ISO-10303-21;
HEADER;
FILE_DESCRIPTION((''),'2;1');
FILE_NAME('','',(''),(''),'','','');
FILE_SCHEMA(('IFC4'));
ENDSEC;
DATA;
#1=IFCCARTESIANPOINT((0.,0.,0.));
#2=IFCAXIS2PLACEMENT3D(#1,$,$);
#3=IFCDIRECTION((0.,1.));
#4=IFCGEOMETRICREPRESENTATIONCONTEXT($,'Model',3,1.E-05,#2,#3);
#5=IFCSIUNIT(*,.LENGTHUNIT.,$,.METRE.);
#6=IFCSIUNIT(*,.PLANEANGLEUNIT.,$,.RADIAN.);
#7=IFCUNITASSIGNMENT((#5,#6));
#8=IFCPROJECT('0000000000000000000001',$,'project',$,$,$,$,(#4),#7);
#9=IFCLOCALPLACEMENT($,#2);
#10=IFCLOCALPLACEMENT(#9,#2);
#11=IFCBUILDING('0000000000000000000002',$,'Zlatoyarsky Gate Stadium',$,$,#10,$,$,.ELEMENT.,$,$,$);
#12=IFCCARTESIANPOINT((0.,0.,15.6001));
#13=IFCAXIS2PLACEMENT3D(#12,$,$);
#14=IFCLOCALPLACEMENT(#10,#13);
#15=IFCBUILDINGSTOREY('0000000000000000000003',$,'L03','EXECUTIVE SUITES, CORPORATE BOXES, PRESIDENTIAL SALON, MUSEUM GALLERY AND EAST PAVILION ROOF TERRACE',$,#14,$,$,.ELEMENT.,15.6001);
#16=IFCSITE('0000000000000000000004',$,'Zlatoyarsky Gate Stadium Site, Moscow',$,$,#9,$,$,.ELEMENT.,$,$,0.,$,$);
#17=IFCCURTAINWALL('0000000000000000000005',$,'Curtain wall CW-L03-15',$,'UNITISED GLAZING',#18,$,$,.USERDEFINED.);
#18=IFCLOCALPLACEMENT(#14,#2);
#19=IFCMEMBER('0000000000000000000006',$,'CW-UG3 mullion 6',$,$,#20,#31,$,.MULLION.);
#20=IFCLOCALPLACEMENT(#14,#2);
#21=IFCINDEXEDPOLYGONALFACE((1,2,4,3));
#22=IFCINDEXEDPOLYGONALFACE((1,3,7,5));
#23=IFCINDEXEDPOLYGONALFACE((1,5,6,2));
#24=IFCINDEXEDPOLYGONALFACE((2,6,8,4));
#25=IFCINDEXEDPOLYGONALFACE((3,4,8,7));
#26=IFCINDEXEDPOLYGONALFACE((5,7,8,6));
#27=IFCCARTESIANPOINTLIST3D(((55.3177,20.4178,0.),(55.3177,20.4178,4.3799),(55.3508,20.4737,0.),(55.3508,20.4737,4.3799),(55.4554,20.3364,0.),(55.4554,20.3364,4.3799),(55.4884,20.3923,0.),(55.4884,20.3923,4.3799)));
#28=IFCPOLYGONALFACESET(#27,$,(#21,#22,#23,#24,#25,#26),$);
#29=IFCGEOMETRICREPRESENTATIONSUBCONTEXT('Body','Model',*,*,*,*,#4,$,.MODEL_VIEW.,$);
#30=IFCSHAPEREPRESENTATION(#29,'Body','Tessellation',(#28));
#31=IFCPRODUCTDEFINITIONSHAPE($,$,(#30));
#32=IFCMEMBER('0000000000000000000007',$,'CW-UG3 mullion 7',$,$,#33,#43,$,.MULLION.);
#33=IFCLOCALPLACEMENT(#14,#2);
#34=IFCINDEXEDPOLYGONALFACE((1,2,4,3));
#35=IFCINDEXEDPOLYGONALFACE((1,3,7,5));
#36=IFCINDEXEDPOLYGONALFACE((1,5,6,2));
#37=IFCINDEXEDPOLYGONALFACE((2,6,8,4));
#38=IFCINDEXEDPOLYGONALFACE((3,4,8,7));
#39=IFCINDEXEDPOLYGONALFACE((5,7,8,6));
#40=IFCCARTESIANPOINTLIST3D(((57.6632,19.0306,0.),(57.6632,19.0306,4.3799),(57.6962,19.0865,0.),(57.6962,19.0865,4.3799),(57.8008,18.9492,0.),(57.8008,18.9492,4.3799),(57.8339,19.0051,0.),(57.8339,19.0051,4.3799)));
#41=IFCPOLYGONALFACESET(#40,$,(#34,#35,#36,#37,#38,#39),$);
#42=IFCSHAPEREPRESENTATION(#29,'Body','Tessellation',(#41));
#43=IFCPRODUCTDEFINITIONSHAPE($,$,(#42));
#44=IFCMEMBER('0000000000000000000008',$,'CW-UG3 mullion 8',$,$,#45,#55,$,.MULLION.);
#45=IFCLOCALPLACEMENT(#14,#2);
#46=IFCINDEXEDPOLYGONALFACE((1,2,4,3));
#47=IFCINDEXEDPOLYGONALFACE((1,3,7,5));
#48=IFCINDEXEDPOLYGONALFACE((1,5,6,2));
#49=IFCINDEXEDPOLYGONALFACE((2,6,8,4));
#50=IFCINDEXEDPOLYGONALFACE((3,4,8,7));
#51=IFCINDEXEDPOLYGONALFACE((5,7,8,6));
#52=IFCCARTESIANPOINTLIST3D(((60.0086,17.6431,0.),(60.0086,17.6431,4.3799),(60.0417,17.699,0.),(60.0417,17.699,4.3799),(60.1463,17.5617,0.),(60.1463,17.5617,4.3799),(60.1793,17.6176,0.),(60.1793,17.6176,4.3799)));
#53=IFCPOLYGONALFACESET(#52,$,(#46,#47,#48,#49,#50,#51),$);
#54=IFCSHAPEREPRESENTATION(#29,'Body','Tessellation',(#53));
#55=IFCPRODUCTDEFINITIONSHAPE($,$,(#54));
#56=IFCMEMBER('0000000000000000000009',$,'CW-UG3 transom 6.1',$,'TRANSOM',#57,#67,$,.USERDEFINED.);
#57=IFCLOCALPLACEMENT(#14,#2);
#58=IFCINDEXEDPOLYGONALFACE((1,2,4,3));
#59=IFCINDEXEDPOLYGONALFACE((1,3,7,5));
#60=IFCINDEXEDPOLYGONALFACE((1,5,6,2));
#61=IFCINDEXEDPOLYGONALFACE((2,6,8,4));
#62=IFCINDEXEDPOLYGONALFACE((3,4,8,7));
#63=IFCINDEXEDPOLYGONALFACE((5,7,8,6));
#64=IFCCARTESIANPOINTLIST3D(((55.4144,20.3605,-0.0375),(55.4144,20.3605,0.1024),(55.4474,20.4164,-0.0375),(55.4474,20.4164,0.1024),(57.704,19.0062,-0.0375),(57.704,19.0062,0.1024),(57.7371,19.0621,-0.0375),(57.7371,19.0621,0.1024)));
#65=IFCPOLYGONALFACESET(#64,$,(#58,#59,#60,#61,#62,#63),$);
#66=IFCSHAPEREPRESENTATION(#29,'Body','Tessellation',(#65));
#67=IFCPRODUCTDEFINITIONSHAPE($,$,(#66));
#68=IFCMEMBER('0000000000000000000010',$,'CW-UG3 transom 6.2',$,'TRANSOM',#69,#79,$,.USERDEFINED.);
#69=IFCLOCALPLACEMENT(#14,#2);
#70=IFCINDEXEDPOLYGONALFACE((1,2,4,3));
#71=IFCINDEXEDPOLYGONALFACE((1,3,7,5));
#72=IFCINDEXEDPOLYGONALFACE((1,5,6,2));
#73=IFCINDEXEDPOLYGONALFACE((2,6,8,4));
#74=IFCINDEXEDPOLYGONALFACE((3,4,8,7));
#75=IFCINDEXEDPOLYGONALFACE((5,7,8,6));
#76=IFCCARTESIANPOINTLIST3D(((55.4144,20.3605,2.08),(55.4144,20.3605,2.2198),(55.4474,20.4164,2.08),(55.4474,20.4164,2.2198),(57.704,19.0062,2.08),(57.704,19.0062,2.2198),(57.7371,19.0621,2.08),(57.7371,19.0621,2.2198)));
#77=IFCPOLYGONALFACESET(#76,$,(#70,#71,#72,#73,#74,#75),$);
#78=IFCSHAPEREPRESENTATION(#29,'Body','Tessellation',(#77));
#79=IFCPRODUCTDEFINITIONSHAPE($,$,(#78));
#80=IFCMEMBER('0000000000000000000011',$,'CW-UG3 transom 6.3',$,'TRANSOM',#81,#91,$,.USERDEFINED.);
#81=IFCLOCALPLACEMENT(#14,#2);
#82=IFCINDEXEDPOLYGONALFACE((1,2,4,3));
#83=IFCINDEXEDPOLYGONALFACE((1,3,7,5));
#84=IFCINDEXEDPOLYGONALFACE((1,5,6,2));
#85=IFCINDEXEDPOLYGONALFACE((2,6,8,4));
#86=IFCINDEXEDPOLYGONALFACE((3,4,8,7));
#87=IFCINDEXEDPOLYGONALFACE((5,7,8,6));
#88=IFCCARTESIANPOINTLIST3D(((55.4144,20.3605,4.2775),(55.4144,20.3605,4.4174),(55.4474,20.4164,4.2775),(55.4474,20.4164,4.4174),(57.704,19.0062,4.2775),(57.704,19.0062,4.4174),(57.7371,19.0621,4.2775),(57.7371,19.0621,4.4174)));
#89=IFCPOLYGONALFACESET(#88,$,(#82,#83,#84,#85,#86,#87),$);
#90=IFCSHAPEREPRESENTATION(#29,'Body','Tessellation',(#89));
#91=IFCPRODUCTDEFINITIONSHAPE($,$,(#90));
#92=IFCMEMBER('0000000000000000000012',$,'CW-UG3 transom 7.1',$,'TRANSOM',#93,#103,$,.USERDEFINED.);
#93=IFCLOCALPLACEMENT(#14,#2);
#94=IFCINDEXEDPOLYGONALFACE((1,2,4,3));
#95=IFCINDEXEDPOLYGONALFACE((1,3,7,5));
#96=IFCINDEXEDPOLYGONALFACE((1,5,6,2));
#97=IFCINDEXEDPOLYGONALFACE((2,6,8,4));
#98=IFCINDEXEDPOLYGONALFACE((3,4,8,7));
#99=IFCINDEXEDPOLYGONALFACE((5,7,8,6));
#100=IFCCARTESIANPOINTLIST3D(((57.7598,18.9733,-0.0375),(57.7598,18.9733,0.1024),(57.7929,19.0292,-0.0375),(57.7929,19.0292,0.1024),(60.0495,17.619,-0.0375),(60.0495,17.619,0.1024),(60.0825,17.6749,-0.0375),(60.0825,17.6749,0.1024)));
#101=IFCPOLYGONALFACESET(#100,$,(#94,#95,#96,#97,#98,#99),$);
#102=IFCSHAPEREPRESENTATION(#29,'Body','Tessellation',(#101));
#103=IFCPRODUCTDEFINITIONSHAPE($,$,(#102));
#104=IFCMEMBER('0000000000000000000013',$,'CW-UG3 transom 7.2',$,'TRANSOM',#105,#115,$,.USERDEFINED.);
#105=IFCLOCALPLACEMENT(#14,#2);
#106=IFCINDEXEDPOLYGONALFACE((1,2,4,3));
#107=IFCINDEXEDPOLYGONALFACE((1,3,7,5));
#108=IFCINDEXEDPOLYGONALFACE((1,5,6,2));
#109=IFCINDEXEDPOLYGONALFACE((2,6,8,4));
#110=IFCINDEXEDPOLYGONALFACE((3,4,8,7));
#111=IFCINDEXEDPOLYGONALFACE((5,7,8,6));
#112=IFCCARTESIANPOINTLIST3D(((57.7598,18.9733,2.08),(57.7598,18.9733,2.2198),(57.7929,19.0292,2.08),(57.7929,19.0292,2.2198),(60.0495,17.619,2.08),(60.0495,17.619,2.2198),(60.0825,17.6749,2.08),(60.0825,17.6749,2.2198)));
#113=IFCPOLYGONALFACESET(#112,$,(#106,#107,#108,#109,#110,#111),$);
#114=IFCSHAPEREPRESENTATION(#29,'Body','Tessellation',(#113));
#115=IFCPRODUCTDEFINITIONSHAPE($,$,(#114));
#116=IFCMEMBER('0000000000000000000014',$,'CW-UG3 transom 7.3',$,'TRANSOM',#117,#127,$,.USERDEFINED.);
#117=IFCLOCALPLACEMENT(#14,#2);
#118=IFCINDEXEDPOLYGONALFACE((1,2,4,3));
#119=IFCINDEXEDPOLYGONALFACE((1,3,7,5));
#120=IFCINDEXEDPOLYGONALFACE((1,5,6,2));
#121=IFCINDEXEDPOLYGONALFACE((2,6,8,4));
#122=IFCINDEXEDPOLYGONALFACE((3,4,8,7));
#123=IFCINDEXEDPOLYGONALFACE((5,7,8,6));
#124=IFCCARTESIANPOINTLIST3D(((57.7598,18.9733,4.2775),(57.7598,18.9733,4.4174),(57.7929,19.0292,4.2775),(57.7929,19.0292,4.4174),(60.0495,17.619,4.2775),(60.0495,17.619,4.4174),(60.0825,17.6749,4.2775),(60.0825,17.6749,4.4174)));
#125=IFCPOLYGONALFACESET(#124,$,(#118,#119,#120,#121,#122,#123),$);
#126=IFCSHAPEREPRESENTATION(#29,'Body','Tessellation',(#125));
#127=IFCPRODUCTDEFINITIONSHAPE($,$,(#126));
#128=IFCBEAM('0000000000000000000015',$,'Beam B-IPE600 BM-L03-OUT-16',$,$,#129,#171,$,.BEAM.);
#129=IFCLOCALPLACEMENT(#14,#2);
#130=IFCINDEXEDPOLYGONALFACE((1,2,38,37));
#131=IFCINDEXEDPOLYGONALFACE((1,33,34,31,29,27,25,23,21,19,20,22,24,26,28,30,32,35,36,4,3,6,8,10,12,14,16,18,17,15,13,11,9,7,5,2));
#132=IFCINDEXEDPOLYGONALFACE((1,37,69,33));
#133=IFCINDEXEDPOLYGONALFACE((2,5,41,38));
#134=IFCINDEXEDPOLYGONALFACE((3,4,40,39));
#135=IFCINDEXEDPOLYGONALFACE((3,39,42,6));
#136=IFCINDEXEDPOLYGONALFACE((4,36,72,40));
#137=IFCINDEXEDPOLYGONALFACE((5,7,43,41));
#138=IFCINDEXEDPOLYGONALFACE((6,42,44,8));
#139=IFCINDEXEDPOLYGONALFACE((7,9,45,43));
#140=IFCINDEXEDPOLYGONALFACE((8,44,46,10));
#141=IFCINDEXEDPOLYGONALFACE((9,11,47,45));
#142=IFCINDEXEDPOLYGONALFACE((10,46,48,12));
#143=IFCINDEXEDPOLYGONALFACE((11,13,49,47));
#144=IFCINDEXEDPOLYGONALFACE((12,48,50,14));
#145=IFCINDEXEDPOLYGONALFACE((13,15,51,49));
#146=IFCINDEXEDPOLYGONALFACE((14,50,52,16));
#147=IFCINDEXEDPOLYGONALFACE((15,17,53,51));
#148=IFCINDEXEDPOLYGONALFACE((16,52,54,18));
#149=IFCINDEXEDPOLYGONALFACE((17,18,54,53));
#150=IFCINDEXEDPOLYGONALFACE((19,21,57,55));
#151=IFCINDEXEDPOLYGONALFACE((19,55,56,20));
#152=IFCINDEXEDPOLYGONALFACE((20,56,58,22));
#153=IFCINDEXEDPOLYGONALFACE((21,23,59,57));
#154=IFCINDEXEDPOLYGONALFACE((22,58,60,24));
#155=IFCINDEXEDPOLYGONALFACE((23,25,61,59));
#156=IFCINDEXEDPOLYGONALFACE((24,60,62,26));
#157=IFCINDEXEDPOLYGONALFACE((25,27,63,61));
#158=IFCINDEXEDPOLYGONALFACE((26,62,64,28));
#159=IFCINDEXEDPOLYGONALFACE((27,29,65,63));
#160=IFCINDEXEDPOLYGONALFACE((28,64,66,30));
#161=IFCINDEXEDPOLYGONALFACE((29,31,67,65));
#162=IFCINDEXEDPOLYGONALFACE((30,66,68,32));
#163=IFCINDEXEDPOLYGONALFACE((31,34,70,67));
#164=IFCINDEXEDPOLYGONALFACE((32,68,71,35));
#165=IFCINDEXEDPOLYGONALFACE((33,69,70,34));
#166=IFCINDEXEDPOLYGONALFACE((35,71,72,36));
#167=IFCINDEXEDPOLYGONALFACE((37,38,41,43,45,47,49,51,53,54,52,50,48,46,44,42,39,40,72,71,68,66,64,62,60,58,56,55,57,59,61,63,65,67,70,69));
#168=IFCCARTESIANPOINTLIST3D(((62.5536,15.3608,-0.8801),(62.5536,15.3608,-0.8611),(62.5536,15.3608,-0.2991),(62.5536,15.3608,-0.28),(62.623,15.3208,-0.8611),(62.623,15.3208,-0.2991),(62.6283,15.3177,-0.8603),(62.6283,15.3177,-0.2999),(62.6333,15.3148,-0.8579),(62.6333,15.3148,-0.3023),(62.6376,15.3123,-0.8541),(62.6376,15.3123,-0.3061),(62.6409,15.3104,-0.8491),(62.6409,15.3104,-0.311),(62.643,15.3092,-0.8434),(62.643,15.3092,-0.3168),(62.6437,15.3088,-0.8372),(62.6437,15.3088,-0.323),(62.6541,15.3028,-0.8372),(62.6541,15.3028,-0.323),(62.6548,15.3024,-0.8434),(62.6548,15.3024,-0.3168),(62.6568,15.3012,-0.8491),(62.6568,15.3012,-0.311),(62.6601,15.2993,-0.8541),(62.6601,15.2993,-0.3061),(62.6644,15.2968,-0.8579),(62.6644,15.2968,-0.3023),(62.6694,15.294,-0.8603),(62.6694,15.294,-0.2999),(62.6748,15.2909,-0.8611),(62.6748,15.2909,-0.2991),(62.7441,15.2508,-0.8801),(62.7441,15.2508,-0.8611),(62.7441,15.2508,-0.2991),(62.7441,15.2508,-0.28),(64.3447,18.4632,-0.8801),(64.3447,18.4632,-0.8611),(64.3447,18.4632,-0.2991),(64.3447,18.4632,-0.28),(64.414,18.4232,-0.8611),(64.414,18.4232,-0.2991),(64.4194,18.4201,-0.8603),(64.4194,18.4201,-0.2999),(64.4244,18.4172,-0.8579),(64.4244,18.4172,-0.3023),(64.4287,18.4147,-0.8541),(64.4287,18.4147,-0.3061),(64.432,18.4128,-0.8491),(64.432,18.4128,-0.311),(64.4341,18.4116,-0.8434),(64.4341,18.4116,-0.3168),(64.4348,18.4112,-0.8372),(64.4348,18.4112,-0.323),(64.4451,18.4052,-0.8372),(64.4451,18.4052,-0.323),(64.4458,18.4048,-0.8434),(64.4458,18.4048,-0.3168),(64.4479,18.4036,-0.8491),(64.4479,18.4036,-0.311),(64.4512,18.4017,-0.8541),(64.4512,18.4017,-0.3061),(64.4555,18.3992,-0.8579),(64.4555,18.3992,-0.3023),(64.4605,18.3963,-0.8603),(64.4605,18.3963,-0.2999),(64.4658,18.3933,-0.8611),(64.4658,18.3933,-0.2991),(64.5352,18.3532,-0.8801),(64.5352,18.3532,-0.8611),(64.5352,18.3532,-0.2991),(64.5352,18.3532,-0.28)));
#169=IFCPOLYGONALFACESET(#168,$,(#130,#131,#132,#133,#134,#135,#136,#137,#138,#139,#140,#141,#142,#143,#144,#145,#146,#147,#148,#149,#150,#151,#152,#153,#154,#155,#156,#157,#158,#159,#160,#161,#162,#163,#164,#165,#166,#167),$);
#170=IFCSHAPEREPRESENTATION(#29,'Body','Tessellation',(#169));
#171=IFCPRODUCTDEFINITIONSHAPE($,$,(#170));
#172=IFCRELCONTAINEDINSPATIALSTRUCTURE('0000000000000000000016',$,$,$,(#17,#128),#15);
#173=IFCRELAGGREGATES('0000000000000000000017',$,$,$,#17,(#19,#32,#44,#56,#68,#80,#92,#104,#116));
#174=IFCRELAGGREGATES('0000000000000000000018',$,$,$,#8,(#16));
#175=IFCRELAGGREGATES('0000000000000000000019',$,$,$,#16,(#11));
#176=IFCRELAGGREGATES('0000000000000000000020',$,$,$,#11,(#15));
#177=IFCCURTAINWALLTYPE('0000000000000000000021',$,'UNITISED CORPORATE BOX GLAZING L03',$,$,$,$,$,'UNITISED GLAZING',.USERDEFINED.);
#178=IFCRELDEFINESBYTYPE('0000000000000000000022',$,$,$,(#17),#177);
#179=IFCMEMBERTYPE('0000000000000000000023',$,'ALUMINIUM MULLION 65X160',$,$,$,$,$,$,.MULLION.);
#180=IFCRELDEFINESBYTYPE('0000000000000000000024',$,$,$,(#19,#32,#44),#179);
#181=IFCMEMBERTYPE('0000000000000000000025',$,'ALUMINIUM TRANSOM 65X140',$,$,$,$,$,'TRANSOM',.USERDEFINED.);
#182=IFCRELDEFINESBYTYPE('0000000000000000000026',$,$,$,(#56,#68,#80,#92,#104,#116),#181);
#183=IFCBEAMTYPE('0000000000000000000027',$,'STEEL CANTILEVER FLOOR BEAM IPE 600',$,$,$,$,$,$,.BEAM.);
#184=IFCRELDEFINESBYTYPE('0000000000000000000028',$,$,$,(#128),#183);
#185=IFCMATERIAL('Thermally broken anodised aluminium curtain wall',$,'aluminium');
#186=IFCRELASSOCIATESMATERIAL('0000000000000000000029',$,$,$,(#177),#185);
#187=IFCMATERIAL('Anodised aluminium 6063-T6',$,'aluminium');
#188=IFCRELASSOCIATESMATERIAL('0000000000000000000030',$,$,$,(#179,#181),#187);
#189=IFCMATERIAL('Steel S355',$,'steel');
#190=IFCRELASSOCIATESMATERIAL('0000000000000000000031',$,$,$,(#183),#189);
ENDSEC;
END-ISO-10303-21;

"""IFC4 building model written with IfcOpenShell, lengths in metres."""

from ifc_helpers import new_model, si_unit, direction, frame, origin, origin_2d, place, context, subcontext, project, spatial, rectangle, i_section, extrude, material, material_profile, profile_set, type_object, element, aggregate, save


model = new_model("IFC4")

# Units and contexts
model_context = context("Model", 3, precision=1e-05, world=origin(), true_north=direction((0.0, 1.0)))
body_context = subcontext(model_context, "Body", "Model", "MODEL_VIEW")
ifc_project = project(units=[si_unit("LENGTHUNIT", "METRE"), si_unit("PLANEANGLEUNIT", "RADIAN")], contexts=[model_context])

# Site, building, storey
site_placement = place(None, origin())
site = spatial("IfcSite", under=ifc_project, at=site_placement, Name="Zlatoyarsky Gate Stadium Site, Moscow", CompositionType="ELEMENT", RefElevation=0.0)
building_placement = place(site_placement, origin())
building = spatial("IfcBuilding", under=site, at=building_placement, Name="Zlatoyarsky Gate Stadium", CompositionType="ELEMENT")
storey_placement = place(building_placement, frame((0.0, 0.0, 15.6001)))
storey = spatial("IfcBuildingStorey", under=building, at=storey_placement, Name="L03", Description="EXECUTIVE SUITES, CORPORATE BOXES, PRESIDENTIAL SALON, MUSEUM GALLERY AND EAST PAVILION ROOF TERRACE", CompositionType="ELEMENT", Elevation=15.6001)

# Curtain wall, members
ifc_material_1 = material(Name="Thermally broken anodised aluminium curtain wall", Category="aluminium")
curtain_wall_type = type_object("IfcCurtainWallType", Name="UNITISED CORPORATE BOX GLAZING L03", ElementType="UNITISED GLAZING", PredefinedType="USERDEFINED", material=ifc_material_1)
curtain_wall_placement = place(storey_placement, origin())
curtain_wall = element("IfcCurtainWall", 1, at=curtain_wall_placement, inside=storey, type_object=curtain_wall_type, Name="Curtain wall CW-L03-15", ObjectType="UNITISED GLAZING", PredefinedType="USERDEFINED")
ifc_material_2 = material(Name="Anodised aluminium 6063-T6", Category="aluminium")
ifc_material_profile_1 = material_profile(ifc_material_2, rectangle(XDim=0.0649, YDim=0.1599, at=origin_2d()), Name="ALU 65X160")
ifc_profile_set_1 = profile_set([ifc_material_profile_1], Name="Anodised aluminium 6063-T6")
member_type_1 = type_object("IfcMemberType", Name="ALUMINIUM MULLION 65X160", PredefinedType="MULLION", material=ifc_profile_set_1)
member_1_placement = place(storey_placement, frame((55.4031, 20.405, 0.0), z_axis=(0.0, 0.0, 1.0), x_axis=(0.509098, 0.860708, 0.0)))
member_1 = element("IfcMember", 2, at=member_1_placement, type_object=member_type_1, Name="CW-UG3 mullion 6", PredefinedType="MULLION", context=body_context, shape_type="SweptSolid", body=[
    extrude(rectangle(XDim=0.0649, YDim=0.1599, at=origin_2d()), origin(), (0.0, 0.0, 1.0), 4.3799),
])
member_2_placement = place(storey_placement, frame((57.7485, 19.0178, 0.0), z_axis=(0.0, 0.0, 1.0), x_axis=(0.509098, 0.860708, 0.0)))
member_2 = element("IfcMember", 3, at=member_2_placement, type_object=member_type_1, Name="CW-UG3 mullion 7", PredefinedType="MULLION", context=body_context, shape_type="SweptSolid", body=[
    extrude(rectangle(XDim=0.0649, YDim=0.1599, at=origin_2d()), origin(), (0.0, 0.0, 1.0), 4.3799),
])
member_3_placement = place(storey_placement, frame((60.094, 17.6304, 0.0), z_axis=(0.0, 0.0, 1.0), x_axis=(0.509098, 0.860708, 0.0)))
member_3 = element("IfcMember", 4, at=member_3_placement, type_object=member_type_1, Name="CW-UG3 mullion 8", PredefinedType="MULLION", context=body_context, shape_type="SweptSolid", body=[
    extrude(rectangle(XDim=0.0649, YDim=0.1599, at=origin_2d()), origin(), (0.0, 0.0, 1.0), 4.3799),
])
ifc_material_profile_2 = material_profile(ifc_material_2, rectangle(XDim=0.0649, YDim=0.1399, at=origin_2d()), Name="ALU 65X140")
ifc_profile_set_2 = profile_set([ifc_material_profile_2], Name="Anodised aluminium 6063-T6")
member_type_2 = type_object("IfcMemberType", Name="ALUMINIUM TRANSOM 65X140", ElementType="TRANSOM", PredefinedType="USERDEFINED", material=ifc_profile_set_2)
member_4_placement = place(storey_placement, frame((55.4309, 20.3884, 0.0325), z_axis=(0.860707, -0.5091, 0.0), x_axis=(0.5091, 0.860707, 0.0)))
member_4 = element("IfcMember", 5, at=member_4_placement, type_object=member_type_2, Name="CW-UG3 transom 6.1", ObjectType="TRANSOM", PredefinedType="USERDEFINED", context=body_context, shape_type="SweptSolid", body=[
    extrude(rectangle(XDim=0.0649, YDim=0.1399, at=origin_2d()), origin(), (0.0, 0.0, 1.0), 2.6602),
])
member_5_placement = place(storey_placement, frame((55.4309, 20.3884, 2.1499), z_axis=(0.860707, -0.5091, 0.0), x_axis=(0.5091, 0.860707, 0.0)))
member_5 = element("IfcMember", 6, at=member_5_placement, type_object=member_type_2, Name="CW-UG3 transom 6.2", ObjectType="TRANSOM", PredefinedType="USERDEFINED", context=body_context, shape_type="SweptSolid", body=[
    extrude(rectangle(XDim=0.0649, YDim=0.1399, at=origin_2d()), origin(), (0.0, 0.0, 1.0), 2.6602),
])
member_6_placement = place(storey_placement, frame((55.4309, 20.3884, 4.3474), z_axis=(0.860707, -0.5091, 0.0), x_axis=(0.5091, 0.860707, 0.0)))
member_6 = element("IfcMember", 7, at=member_6_placement, type_object=member_type_2, Name="CW-UG3 transom 6.3", ObjectType="TRANSOM", PredefinedType="USERDEFINED", context=body_context, shape_type="SweptSolid", body=[
    extrude(rectangle(XDim=0.0649, YDim=0.1399, at=origin_2d()), origin(), (0.0, 0.0, 1.0), 2.6602),
])
member_7_placement = place(storey_placement, frame((57.7764, 19.0012, 0.0325), z_axis=(0.860707, -0.5091, 0.0), x_axis=(0.5091, 0.860707, 0.0)))
member_7 = element("IfcMember", 8, at=member_7_placement, type_object=member_type_2, Name="CW-UG3 transom 7.1", ObjectType="TRANSOM", PredefinedType="USERDEFINED", context=body_context, shape_type="SweptSolid", body=[
    extrude(rectangle(XDim=0.0649, YDim=0.1399, at=origin_2d()), origin(), (0.0, 0.0, 1.0), 2.6602),
])
member_8_placement = place(storey_placement, frame((57.7764, 19.0012, 2.1499), z_axis=(0.860707, -0.5091, 0.0), x_axis=(0.5091, 0.860707, 0.0)))
member_8 = element("IfcMember", 9, at=member_8_placement, type_object=member_type_2, Name="CW-UG3 transom 7.2", ObjectType="TRANSOM", PredefinedType="USERDEFINED", context=body_context, shape_type="SweptSolid", body=[
    extrude(rectangle(XDim=0.0649, YDim=0.1399, at=origin_2d()), origin(), (0.0, 0.0, 1.0), 2.6602),
])
member_9_placement = place(storey_placement, frame((57.7764, 19.0012, 4.3474), z_axis=(0.860707, -0.5091, 0.0), x_axis=(0.5091, 0.860707, 0.0)))
member_9 = element("IfcMember", 10, at=member_9_placement, type_object=member_type_2, Name="CW-UG3 transom 7.3", ObjectType="TRANSOM", PredefinedType="USERDEFINED", context=body_context, shape_type="SweptSolid", body=[
    extrude(rectangle(XDim=0.0649, YDim=0.1399, at=origin_2d()), origin(), (0.0, 0.0, 1.0), 2.6602),
])

# Beam
ifc_material_3 = material(Name="Steel S355", Category="steel")
ifc_material_profile_3 = material_profile(ifc_material_3, i_section(OverallWidth=0.22, OverallDepth=0.6001, WebThickness=0.012, FlangeThickness=0.019, FilletRadius=0.0239, at=origin_2d()), Name="IPE 600")
ifc_profile_set_3 = profile_set([ifc_material_profile_3], Name="Steel S355")
beam_type = type_object("IfcBeamType", Name="STEEL CANTILEVER FLOOR BEAM IPE 600", PredefinedType="BEAM", material=ifc_profile_set_3)
beam_placement = place(storey_placement, frame((64.4399, 18.4082, -0.5801), z_axis=(-0.49998, -0.866037, 0.0), x_axis=(0.866037, -0.49998, 0.0)))
element("IfcBeam", 11, at=beam_placement, inside=storey, type_object=beam_type, Name="Beam B-IPE600 BM-L03-OUT-16", PredefinedType="BEAM", context=body_context, shape_type="SweptSolid", body=[
    extrude(i_section(OverallWidth=0.22, OverallDepth=0.6001, WebThickness=0.012, FlangeThickness=0.019, FilletRadius=0.0239, at=origin_2d()), origin(), (0.0, 0.0, 1.0), 3.5823),
])

aggregate(curtain_wall, [member_1, member_2, member_3, member_4, member_5, member_6, member_7, member_8, member_9])

save(model, "model.ifc")
